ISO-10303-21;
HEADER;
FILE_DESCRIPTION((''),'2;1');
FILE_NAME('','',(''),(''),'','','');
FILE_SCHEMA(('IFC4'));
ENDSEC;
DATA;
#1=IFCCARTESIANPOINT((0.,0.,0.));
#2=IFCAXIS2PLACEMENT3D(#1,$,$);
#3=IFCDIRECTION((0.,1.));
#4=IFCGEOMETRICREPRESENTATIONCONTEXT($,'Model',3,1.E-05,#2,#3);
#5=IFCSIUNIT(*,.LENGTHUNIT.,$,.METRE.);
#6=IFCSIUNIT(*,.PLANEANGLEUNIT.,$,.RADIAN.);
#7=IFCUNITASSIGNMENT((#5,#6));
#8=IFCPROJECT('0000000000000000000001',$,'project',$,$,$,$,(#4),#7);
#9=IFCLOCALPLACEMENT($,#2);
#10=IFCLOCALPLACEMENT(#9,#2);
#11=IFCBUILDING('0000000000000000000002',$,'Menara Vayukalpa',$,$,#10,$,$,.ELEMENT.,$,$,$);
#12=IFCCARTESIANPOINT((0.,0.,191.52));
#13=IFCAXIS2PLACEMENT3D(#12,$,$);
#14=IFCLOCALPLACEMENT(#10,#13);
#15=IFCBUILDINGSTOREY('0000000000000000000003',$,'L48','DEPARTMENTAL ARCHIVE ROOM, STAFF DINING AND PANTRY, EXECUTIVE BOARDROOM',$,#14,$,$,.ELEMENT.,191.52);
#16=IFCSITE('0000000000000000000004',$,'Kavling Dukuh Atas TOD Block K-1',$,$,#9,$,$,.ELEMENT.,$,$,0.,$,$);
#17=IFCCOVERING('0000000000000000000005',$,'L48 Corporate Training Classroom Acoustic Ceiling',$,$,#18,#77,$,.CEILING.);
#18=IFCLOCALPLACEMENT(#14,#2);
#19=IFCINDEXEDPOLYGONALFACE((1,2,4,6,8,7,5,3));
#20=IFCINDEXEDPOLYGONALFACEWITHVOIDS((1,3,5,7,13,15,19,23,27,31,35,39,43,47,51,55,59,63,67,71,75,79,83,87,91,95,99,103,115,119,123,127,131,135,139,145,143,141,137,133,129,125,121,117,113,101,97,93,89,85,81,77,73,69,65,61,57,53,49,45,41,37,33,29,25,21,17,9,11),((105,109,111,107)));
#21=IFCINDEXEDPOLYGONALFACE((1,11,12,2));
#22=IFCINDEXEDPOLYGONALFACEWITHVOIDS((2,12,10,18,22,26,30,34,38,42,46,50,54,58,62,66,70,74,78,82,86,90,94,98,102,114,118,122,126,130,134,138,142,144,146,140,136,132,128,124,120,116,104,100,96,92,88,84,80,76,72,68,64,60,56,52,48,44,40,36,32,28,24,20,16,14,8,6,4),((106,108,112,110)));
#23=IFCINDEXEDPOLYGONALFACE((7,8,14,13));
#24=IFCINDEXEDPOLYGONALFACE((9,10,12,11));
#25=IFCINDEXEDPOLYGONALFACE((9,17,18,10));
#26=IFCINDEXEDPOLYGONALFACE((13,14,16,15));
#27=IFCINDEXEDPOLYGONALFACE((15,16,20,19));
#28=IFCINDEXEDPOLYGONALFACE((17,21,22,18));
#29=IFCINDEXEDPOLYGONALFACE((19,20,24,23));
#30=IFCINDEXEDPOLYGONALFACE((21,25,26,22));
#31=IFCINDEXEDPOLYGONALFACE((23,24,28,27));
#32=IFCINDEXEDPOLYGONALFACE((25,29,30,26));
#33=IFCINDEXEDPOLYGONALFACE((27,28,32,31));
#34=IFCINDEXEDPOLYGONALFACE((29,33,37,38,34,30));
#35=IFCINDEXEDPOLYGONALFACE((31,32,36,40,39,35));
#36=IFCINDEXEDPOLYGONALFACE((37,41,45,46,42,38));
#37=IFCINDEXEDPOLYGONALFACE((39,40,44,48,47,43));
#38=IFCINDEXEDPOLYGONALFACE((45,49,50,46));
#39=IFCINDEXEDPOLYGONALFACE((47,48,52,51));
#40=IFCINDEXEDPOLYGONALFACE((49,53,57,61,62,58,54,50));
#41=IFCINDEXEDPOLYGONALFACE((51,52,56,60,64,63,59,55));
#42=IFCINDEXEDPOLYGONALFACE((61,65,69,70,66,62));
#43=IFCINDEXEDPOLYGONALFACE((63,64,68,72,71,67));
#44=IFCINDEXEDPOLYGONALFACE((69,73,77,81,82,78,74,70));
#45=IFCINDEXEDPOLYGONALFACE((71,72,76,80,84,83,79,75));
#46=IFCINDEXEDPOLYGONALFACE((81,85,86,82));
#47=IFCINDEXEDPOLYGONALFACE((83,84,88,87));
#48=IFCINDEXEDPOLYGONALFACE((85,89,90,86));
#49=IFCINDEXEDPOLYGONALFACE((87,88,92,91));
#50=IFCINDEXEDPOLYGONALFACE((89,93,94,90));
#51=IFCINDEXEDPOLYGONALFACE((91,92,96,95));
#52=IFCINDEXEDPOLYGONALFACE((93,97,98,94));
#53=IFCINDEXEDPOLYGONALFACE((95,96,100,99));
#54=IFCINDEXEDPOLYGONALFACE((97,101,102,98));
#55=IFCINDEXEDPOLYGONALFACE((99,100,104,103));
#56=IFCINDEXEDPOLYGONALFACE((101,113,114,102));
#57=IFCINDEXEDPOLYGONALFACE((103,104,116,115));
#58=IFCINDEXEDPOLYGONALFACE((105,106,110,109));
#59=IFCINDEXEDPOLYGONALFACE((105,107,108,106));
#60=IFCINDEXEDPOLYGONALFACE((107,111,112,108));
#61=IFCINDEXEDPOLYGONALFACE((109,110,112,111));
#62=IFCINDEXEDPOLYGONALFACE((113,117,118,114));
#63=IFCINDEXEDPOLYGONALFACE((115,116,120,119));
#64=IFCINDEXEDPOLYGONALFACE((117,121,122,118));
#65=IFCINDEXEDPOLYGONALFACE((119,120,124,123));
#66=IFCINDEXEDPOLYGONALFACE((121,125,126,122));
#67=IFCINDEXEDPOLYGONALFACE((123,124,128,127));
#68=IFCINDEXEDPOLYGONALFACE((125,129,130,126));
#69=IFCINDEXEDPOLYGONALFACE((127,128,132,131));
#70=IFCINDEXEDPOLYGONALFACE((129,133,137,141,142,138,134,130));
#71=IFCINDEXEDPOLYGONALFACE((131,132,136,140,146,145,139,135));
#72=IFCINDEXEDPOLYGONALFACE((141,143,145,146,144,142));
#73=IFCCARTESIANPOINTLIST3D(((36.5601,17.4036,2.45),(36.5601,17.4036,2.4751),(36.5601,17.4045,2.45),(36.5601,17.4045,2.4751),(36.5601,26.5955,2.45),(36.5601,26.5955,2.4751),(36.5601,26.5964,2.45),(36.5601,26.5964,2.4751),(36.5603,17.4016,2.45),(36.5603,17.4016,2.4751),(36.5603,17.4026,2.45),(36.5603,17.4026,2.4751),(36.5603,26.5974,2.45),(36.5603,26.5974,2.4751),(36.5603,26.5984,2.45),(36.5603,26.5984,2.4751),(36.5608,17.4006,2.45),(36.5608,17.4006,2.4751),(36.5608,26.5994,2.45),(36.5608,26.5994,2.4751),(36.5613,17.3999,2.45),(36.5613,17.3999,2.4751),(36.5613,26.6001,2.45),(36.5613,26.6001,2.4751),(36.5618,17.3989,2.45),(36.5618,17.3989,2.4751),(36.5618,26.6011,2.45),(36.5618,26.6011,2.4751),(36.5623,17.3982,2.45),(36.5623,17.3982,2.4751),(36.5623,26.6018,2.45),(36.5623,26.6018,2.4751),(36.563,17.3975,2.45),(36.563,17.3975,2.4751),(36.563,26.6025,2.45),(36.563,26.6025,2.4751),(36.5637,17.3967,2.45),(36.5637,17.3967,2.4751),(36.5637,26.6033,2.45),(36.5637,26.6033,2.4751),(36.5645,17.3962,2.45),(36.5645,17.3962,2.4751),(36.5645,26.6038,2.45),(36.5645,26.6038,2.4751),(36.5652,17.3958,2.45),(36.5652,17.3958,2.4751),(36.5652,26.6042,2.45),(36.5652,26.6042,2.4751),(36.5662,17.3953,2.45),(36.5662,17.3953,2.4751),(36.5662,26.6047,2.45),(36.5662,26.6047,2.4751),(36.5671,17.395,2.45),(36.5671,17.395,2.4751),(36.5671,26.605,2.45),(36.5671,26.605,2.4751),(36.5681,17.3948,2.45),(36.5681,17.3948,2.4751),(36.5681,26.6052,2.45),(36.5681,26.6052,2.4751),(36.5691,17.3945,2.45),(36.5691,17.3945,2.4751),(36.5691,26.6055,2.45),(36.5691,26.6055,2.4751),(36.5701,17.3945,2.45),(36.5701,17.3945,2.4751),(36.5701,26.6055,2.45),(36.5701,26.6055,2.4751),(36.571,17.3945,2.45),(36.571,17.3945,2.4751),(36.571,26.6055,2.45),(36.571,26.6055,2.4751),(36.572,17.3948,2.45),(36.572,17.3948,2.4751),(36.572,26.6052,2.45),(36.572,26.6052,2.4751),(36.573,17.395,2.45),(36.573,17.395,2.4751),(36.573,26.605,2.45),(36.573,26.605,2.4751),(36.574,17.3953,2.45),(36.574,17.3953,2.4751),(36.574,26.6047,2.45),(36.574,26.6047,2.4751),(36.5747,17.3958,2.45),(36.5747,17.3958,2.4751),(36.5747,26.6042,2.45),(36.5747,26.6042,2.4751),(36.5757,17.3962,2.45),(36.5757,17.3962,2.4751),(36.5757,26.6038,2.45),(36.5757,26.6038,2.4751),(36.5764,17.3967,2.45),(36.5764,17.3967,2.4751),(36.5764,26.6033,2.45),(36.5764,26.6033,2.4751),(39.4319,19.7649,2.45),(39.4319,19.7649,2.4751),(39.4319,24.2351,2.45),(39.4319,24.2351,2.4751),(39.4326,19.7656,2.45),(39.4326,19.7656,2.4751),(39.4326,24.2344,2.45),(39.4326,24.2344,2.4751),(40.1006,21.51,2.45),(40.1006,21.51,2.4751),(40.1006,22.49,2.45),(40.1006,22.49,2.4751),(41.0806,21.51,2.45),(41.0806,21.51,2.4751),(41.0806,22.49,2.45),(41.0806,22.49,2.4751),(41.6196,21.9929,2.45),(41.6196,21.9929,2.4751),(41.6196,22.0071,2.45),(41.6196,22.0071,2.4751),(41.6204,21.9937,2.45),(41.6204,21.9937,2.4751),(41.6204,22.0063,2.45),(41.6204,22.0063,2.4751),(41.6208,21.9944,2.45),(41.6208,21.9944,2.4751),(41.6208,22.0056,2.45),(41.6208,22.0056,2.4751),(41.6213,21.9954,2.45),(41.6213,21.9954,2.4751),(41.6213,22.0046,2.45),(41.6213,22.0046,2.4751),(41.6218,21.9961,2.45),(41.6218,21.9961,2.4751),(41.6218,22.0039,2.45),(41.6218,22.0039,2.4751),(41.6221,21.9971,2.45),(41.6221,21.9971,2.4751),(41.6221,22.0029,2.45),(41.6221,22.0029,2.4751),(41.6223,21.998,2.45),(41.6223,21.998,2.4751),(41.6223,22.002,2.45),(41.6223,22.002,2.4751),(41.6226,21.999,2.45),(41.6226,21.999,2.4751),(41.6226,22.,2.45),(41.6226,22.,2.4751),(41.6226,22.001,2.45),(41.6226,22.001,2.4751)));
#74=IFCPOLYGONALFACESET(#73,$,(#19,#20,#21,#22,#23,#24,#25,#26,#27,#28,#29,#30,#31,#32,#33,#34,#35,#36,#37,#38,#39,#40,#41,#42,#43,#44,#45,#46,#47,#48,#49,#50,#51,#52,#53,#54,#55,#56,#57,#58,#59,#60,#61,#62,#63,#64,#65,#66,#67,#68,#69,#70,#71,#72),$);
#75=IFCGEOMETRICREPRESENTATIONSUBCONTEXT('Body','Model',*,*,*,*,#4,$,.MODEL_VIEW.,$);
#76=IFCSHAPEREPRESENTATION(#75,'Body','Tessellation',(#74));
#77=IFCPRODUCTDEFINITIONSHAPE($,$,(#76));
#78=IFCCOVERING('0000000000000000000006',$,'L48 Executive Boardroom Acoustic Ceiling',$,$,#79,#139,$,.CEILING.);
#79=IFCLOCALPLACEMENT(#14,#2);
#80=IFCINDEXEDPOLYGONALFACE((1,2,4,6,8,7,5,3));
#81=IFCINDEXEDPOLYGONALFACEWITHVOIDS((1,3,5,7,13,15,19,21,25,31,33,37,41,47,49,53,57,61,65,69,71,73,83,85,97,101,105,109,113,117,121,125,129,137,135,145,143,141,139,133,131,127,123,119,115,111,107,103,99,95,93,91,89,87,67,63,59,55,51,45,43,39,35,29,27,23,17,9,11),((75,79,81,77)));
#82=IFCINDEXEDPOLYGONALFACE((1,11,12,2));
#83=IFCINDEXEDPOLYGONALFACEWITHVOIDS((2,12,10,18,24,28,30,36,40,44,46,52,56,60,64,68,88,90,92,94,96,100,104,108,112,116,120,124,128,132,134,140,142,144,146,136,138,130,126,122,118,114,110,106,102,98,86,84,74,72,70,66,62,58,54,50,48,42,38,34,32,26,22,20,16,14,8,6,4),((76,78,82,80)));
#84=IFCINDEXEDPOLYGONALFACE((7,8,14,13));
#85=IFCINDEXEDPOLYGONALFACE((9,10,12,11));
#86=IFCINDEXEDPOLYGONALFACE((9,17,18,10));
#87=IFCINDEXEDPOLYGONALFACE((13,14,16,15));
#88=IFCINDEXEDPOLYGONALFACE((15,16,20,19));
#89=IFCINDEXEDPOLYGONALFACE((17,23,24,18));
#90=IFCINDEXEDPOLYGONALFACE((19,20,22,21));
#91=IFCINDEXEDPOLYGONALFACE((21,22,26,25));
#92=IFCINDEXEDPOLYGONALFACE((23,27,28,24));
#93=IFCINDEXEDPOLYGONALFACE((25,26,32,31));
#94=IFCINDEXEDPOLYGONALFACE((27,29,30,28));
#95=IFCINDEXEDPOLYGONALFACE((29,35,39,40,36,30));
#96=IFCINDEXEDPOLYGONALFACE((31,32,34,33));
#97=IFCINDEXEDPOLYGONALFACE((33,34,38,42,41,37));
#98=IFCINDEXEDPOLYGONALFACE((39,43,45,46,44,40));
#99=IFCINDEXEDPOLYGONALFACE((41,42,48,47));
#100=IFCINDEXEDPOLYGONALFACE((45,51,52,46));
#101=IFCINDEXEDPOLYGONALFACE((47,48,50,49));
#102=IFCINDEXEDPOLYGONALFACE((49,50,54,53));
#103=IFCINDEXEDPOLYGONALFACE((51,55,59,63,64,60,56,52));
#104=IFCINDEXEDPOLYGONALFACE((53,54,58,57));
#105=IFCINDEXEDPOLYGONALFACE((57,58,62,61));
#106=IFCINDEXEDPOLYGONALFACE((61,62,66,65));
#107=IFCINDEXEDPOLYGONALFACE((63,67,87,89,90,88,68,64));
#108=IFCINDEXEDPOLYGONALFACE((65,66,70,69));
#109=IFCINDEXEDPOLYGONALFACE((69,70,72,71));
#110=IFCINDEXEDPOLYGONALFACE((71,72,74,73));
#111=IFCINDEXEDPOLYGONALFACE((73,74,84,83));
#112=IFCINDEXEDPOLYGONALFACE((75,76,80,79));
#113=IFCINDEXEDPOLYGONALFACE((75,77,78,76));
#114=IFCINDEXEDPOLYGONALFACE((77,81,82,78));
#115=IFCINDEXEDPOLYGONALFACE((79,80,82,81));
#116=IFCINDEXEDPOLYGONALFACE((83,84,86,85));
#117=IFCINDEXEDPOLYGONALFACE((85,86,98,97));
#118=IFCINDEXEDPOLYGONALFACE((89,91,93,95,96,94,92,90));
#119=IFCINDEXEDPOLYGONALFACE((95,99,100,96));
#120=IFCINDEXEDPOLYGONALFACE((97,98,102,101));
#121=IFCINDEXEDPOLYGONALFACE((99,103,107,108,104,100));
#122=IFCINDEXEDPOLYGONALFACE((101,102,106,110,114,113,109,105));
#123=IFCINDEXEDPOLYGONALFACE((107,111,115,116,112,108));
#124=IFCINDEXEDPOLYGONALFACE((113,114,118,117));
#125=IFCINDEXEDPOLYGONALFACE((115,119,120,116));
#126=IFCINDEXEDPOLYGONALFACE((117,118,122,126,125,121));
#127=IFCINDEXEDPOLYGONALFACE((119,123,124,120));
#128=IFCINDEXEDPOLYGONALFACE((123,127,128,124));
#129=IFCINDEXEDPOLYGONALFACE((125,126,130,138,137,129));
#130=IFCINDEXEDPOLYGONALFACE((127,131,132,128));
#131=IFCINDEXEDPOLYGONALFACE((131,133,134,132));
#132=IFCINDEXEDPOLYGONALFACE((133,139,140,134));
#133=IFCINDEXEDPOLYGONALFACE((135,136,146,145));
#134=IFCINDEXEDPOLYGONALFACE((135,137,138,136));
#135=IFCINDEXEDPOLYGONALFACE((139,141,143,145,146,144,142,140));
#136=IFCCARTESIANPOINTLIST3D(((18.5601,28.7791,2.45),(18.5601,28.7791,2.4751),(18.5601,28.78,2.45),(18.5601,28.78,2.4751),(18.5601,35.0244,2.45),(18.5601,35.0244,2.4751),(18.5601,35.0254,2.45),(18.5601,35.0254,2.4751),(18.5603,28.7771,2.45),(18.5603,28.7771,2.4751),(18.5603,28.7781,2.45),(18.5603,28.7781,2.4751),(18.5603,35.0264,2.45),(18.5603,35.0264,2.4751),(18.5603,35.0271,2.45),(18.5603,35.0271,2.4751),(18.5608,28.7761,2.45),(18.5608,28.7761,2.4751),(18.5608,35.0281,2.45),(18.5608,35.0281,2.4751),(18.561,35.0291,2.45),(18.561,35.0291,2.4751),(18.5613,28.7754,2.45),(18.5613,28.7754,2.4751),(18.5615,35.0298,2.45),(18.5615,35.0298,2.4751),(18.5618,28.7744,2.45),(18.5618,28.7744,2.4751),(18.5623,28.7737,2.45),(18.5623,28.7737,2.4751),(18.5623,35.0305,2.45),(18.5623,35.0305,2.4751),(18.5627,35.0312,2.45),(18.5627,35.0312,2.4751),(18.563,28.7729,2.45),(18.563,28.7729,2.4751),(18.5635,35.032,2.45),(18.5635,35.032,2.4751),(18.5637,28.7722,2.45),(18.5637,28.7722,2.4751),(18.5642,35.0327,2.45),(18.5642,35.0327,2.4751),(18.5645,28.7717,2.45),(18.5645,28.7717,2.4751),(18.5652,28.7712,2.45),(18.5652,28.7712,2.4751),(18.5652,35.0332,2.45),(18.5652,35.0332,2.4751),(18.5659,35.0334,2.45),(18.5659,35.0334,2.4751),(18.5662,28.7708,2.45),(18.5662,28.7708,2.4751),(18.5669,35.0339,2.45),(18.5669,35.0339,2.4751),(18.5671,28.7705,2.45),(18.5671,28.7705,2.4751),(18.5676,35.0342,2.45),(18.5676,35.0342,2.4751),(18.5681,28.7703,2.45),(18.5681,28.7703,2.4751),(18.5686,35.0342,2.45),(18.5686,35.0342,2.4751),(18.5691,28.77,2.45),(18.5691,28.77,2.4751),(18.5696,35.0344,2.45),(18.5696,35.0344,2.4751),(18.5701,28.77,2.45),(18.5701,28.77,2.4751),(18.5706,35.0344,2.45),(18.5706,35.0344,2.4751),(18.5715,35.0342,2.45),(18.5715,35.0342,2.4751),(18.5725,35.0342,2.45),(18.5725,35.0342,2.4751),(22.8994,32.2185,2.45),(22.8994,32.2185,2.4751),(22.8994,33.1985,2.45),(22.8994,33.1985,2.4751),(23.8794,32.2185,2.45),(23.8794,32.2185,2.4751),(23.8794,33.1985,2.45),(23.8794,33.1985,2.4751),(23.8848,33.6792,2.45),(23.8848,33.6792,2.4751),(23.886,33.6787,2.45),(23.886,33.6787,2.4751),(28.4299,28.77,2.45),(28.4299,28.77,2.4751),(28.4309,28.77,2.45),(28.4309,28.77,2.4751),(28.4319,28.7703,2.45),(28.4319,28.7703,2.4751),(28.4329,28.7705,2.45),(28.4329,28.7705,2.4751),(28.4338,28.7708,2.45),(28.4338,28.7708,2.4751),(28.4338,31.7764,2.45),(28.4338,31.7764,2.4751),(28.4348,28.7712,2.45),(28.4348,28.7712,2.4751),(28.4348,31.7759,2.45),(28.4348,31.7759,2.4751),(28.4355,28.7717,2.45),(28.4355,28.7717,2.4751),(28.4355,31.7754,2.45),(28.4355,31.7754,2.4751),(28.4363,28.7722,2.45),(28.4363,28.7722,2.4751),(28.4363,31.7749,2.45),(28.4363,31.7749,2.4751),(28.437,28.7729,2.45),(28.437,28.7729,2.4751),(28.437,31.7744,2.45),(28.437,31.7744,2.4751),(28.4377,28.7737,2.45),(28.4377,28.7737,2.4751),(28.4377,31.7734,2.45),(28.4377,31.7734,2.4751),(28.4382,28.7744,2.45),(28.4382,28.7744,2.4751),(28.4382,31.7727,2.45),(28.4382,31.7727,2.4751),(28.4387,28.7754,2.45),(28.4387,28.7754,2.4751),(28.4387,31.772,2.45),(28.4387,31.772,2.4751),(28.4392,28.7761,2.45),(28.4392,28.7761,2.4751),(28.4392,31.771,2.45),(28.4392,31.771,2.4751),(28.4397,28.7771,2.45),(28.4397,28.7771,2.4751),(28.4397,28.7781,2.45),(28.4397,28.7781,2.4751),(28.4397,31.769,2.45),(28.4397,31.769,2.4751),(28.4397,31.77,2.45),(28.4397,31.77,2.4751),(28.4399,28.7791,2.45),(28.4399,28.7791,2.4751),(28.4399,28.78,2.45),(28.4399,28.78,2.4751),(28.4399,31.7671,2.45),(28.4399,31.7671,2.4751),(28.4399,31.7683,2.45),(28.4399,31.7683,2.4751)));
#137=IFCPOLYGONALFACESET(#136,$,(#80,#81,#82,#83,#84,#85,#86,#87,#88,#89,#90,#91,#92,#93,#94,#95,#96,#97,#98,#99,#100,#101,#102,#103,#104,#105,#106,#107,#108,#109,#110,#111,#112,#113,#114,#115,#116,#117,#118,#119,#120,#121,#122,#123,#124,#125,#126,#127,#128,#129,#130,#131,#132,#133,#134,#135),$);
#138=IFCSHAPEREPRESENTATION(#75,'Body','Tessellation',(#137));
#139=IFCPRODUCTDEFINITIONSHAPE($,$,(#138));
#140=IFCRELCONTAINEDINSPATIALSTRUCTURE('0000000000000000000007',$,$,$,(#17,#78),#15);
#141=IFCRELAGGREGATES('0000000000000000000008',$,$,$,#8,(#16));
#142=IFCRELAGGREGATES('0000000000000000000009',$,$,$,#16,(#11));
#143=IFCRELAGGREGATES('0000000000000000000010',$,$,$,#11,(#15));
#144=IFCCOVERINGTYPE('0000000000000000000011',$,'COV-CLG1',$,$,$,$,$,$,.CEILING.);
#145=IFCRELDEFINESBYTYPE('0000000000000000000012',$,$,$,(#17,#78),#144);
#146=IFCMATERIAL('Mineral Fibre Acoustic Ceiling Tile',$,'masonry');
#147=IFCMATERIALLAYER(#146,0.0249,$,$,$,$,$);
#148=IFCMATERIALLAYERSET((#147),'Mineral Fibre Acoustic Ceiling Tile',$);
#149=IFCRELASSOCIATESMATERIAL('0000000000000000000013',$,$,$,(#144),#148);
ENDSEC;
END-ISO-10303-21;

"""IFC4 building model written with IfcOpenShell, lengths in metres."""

from ifc_helpers import new_model, si_unit, direction, frame, origin, place, context, subcontext, project, spatial, polyline, outline, extrude, material, layer, layer_set, type_object, element, save


model = new_model("IFC4")

# Units and contexts
model_context = context("Model", 3, precision=1e-05, world=origin(), true_north=direction((0.0, 1.0)))
body_context = subcontext(model_context, "Body", "Model", "MODEL_VIEW")
ifc_project = project(units=[si_unit("LENGTHUNIT", "METRE"), si_unit("PLANEANGLEUNIT", "RADIAN")], contexts=[model_context])

# Site, building, storey
site_placement = place(None, origin())
site = spatial("IfcSite", under=ifc_project, at=site_placement, Name="Kavling Dukuh Atas TOD Block K-1", CompositionType="ELEMENT", RefElevation=0.0)
building_placement = place(site_placement, origin())
building = spatial("IfcBuilding", under=site, at=building_placement, Name="Menara Vayukalpa", CompositionType="ELEMENT")
storey_placement = place(building_placement, frame((0.0, 0.0, 191.52)))
storey = spatial("IfcBuildingStorey", under=building, at=storey_placement, Name="L48", Description="DEPARTMENTAL ARCHIVE ROOM, STAFF DINING AND PANTRY, EXECUTIVE BOARDROOM", CompositionType="ELEMENT", Elevation=191.52)

# Coverings
ifc_material_1 = material(Name="Mineral Fibre Acoustic Ceiling Tile", Category="masonry")
ifc_layer_1 = layer(ifc_material_1, 0.0249)
ifc_layer_set_1 = layer_set([ifc_layer_1], Name="Mineral Fibre Acoustic Ceiling Tile")
covering_type_1 = type_object("IfcCoveringType", Name="COV-CLG1", PredefinedType="CEILING", material=ifc_layer_set_1)
covering_1_placement = place(storey_placement, frame((0.0, 0.0, 2.45)))
element("IfcCovering", 1, at=covering_1_placement, inside=storey, type_object=covering_type_1, Name="L48 Corporate Training Classroom Acoustic Ceiling", PredefinedType="CEILING", context=body_context, shape_type="SweptSolid", body=[
    extrude(outline(polyline([(41.6196, 22.0071), (41.6204, 22.0063), (41.6208, 22.0056), (41.6213, 22.0046), (41.6218, 22.0039), (41.6221, 22.0029), (41.6223, 22.002), (41.6226, 22.001), (41.6226, 22.0), (41.6226, 21.999), (41.6223, 21.998), (41.6221, 21.9971), (41.6218, 21.9961), (41.6213, 21.9954), (41.6208, 21.9944), (41.6204, 21.9937), (41.6196, 21.9929), (39.4326, 19.7656), (39.4319, 19.7649), (36.5764, 17.3967), (36.5757, 17.3962), (36.5747, 17.3958), (36.574, 17.3953), (36.573, 17.395), (36.572, 17.3948), (36.571, 17.3945), (36.5701, 17.3945), (36.5691, 17.3945), (36.5681, 17.3948), (36.5671, 17.395), (36.5662, 17.3953), (36.5652, 17.3958), (36.5645, 17.3962), (36.5637, 17.3967), (36.563, 17.3975), (36.5623, 17.3982), (36.5618, 17.3989), (36.5613, 17.3999), (36.5608, 17.4006), (36.5603, 17.4016), (36.5603, 17.4026), (36.5601, 17.4036), (36.5601, 17.4045), (36.5601, 26.5955), (36.5601, 26.5964), (36.5603, 26.5974), (36.5603, 26.5984), (36.5608, 26.5994), (36.5613, 26.6001), (36.5618, 26.6011), (36.5623, 26.6018), (36.563, 26.6025), (36.5637, 26.6033), (36.5645, 26.6038), (36.5652, 26.6042), (36.5662, 26.6047), (36.5671, 26.605), (36.5681, 26.6052), (36.5691, 26.6055), (36.5701, 26.6055), (36.571, 26.6055), (36.572, 26.6052), (36.573, 26.605), (36.574, 26.6047), (36.5747, 26.6042), (36.5757, 26.6038), (36.5764, 26.6033), (39.4319, 24.2351), (39.4326, 24.2344), (41.6196, 22.0071)]), holes=[polyline([(41.0806, 22.49), (40.1006, 22.49), (40.1006, 21.51), (41.0806, 21.51), (41.0806, 22.49)])]), origin(), (0.0, 0.0, 1.0), 0.0251),
])
covering_2_placement = place(storey_placement, frame((0.0, 0.0, 2.45)))
element("IfcCovering", 2, at=covering_2_placement, inside=storey, type_object=covering_type_1, Name="L48 Executive Boardroom Acoustic Ceiling", PredefinedType="CEILING", context=body_context, shape_type="SweptSolid", body=[
    extrude(outline(polyline([(28.4338, 31.7764), (28.4348, 31.7759), (28.4355, 31.7754), (28.4363, 31.7749), (28.437, 31.7744), (28.4377, 31.7734), (28.4382, 31.7727), (28.4387, 31.772), (28.4392, 31.771), (28.4397, 31.77), (28.4397, 31.769), (28.4399, 31.7683), (28.4399, 31.7671), (28.4399, 28.78), (28.4399, 28.7791), (28.4397, 28.7781), (28.4397, 28.7771), (28.4392, 28.7761), (28.4387, 28.7754), (28.4382, 28.7744), (28.4377, 28.7737), (28.437, 28.7729), (28.4363, 28.7722), (28.4355, 28.7717), (28.4348, 28.7712), (28.4338, 28.7708), (28.4329, 28.7705), (28.4319, 28.7703), (28.4309, 28.77), (28.4299, 28.77), (18.5701, 28.77), (18.5691, 28.77), (18.5681, 28.7703), (18.5671, 28.7705), (18.5662, 28.7708), (18.5652, 28.7712), (18.5645, 28.7717), (18.5637, 28.7722), (18.563, 28.7729), (18.5623, 28.7737), (18.5618, 28.7744), (18.5613, 28.7754), (18.5608, 28.7761), (18.5603, 28.7771), (18.5603, 28.7781), (18.5601, 28.7791), (18.5601, 28.78), (18.5601, 35.0244), (18.5601, 35.0254), (18.5603, 35.0264), (18.5603, 35.0271), (18.5608, 35.0281), (18.561, 35.0291), (18.5615, 35.0298), (18.5623, 35.0305), (18.5627, 35.0312), (18.5635, 35.032), (18.5642, 35.0327), (18.5652, 35.0332), (18.5659, 35.0334), (18.5669, 35.0339), (18.5676, 35.0342), (18.5686, 35.0342), (18.5696, 35.0344), (18.5706, 35.0344), (18.5715, 35.0342), (18.5725, 35.0342), (23.8848, 33.6792), (23.886, 33.6787), (28.4338, 31.7764)]), holes=[polyline([(23.8794, 32.2185), (23.8794, 33.1985), (22.8994, 33.1985), (22.8994, 32.2185), (23.8794, 32.2185)])]), origin(), (0.0, 0.0, 1.0), 0.0251),
])

save(model, "model.ifc")
